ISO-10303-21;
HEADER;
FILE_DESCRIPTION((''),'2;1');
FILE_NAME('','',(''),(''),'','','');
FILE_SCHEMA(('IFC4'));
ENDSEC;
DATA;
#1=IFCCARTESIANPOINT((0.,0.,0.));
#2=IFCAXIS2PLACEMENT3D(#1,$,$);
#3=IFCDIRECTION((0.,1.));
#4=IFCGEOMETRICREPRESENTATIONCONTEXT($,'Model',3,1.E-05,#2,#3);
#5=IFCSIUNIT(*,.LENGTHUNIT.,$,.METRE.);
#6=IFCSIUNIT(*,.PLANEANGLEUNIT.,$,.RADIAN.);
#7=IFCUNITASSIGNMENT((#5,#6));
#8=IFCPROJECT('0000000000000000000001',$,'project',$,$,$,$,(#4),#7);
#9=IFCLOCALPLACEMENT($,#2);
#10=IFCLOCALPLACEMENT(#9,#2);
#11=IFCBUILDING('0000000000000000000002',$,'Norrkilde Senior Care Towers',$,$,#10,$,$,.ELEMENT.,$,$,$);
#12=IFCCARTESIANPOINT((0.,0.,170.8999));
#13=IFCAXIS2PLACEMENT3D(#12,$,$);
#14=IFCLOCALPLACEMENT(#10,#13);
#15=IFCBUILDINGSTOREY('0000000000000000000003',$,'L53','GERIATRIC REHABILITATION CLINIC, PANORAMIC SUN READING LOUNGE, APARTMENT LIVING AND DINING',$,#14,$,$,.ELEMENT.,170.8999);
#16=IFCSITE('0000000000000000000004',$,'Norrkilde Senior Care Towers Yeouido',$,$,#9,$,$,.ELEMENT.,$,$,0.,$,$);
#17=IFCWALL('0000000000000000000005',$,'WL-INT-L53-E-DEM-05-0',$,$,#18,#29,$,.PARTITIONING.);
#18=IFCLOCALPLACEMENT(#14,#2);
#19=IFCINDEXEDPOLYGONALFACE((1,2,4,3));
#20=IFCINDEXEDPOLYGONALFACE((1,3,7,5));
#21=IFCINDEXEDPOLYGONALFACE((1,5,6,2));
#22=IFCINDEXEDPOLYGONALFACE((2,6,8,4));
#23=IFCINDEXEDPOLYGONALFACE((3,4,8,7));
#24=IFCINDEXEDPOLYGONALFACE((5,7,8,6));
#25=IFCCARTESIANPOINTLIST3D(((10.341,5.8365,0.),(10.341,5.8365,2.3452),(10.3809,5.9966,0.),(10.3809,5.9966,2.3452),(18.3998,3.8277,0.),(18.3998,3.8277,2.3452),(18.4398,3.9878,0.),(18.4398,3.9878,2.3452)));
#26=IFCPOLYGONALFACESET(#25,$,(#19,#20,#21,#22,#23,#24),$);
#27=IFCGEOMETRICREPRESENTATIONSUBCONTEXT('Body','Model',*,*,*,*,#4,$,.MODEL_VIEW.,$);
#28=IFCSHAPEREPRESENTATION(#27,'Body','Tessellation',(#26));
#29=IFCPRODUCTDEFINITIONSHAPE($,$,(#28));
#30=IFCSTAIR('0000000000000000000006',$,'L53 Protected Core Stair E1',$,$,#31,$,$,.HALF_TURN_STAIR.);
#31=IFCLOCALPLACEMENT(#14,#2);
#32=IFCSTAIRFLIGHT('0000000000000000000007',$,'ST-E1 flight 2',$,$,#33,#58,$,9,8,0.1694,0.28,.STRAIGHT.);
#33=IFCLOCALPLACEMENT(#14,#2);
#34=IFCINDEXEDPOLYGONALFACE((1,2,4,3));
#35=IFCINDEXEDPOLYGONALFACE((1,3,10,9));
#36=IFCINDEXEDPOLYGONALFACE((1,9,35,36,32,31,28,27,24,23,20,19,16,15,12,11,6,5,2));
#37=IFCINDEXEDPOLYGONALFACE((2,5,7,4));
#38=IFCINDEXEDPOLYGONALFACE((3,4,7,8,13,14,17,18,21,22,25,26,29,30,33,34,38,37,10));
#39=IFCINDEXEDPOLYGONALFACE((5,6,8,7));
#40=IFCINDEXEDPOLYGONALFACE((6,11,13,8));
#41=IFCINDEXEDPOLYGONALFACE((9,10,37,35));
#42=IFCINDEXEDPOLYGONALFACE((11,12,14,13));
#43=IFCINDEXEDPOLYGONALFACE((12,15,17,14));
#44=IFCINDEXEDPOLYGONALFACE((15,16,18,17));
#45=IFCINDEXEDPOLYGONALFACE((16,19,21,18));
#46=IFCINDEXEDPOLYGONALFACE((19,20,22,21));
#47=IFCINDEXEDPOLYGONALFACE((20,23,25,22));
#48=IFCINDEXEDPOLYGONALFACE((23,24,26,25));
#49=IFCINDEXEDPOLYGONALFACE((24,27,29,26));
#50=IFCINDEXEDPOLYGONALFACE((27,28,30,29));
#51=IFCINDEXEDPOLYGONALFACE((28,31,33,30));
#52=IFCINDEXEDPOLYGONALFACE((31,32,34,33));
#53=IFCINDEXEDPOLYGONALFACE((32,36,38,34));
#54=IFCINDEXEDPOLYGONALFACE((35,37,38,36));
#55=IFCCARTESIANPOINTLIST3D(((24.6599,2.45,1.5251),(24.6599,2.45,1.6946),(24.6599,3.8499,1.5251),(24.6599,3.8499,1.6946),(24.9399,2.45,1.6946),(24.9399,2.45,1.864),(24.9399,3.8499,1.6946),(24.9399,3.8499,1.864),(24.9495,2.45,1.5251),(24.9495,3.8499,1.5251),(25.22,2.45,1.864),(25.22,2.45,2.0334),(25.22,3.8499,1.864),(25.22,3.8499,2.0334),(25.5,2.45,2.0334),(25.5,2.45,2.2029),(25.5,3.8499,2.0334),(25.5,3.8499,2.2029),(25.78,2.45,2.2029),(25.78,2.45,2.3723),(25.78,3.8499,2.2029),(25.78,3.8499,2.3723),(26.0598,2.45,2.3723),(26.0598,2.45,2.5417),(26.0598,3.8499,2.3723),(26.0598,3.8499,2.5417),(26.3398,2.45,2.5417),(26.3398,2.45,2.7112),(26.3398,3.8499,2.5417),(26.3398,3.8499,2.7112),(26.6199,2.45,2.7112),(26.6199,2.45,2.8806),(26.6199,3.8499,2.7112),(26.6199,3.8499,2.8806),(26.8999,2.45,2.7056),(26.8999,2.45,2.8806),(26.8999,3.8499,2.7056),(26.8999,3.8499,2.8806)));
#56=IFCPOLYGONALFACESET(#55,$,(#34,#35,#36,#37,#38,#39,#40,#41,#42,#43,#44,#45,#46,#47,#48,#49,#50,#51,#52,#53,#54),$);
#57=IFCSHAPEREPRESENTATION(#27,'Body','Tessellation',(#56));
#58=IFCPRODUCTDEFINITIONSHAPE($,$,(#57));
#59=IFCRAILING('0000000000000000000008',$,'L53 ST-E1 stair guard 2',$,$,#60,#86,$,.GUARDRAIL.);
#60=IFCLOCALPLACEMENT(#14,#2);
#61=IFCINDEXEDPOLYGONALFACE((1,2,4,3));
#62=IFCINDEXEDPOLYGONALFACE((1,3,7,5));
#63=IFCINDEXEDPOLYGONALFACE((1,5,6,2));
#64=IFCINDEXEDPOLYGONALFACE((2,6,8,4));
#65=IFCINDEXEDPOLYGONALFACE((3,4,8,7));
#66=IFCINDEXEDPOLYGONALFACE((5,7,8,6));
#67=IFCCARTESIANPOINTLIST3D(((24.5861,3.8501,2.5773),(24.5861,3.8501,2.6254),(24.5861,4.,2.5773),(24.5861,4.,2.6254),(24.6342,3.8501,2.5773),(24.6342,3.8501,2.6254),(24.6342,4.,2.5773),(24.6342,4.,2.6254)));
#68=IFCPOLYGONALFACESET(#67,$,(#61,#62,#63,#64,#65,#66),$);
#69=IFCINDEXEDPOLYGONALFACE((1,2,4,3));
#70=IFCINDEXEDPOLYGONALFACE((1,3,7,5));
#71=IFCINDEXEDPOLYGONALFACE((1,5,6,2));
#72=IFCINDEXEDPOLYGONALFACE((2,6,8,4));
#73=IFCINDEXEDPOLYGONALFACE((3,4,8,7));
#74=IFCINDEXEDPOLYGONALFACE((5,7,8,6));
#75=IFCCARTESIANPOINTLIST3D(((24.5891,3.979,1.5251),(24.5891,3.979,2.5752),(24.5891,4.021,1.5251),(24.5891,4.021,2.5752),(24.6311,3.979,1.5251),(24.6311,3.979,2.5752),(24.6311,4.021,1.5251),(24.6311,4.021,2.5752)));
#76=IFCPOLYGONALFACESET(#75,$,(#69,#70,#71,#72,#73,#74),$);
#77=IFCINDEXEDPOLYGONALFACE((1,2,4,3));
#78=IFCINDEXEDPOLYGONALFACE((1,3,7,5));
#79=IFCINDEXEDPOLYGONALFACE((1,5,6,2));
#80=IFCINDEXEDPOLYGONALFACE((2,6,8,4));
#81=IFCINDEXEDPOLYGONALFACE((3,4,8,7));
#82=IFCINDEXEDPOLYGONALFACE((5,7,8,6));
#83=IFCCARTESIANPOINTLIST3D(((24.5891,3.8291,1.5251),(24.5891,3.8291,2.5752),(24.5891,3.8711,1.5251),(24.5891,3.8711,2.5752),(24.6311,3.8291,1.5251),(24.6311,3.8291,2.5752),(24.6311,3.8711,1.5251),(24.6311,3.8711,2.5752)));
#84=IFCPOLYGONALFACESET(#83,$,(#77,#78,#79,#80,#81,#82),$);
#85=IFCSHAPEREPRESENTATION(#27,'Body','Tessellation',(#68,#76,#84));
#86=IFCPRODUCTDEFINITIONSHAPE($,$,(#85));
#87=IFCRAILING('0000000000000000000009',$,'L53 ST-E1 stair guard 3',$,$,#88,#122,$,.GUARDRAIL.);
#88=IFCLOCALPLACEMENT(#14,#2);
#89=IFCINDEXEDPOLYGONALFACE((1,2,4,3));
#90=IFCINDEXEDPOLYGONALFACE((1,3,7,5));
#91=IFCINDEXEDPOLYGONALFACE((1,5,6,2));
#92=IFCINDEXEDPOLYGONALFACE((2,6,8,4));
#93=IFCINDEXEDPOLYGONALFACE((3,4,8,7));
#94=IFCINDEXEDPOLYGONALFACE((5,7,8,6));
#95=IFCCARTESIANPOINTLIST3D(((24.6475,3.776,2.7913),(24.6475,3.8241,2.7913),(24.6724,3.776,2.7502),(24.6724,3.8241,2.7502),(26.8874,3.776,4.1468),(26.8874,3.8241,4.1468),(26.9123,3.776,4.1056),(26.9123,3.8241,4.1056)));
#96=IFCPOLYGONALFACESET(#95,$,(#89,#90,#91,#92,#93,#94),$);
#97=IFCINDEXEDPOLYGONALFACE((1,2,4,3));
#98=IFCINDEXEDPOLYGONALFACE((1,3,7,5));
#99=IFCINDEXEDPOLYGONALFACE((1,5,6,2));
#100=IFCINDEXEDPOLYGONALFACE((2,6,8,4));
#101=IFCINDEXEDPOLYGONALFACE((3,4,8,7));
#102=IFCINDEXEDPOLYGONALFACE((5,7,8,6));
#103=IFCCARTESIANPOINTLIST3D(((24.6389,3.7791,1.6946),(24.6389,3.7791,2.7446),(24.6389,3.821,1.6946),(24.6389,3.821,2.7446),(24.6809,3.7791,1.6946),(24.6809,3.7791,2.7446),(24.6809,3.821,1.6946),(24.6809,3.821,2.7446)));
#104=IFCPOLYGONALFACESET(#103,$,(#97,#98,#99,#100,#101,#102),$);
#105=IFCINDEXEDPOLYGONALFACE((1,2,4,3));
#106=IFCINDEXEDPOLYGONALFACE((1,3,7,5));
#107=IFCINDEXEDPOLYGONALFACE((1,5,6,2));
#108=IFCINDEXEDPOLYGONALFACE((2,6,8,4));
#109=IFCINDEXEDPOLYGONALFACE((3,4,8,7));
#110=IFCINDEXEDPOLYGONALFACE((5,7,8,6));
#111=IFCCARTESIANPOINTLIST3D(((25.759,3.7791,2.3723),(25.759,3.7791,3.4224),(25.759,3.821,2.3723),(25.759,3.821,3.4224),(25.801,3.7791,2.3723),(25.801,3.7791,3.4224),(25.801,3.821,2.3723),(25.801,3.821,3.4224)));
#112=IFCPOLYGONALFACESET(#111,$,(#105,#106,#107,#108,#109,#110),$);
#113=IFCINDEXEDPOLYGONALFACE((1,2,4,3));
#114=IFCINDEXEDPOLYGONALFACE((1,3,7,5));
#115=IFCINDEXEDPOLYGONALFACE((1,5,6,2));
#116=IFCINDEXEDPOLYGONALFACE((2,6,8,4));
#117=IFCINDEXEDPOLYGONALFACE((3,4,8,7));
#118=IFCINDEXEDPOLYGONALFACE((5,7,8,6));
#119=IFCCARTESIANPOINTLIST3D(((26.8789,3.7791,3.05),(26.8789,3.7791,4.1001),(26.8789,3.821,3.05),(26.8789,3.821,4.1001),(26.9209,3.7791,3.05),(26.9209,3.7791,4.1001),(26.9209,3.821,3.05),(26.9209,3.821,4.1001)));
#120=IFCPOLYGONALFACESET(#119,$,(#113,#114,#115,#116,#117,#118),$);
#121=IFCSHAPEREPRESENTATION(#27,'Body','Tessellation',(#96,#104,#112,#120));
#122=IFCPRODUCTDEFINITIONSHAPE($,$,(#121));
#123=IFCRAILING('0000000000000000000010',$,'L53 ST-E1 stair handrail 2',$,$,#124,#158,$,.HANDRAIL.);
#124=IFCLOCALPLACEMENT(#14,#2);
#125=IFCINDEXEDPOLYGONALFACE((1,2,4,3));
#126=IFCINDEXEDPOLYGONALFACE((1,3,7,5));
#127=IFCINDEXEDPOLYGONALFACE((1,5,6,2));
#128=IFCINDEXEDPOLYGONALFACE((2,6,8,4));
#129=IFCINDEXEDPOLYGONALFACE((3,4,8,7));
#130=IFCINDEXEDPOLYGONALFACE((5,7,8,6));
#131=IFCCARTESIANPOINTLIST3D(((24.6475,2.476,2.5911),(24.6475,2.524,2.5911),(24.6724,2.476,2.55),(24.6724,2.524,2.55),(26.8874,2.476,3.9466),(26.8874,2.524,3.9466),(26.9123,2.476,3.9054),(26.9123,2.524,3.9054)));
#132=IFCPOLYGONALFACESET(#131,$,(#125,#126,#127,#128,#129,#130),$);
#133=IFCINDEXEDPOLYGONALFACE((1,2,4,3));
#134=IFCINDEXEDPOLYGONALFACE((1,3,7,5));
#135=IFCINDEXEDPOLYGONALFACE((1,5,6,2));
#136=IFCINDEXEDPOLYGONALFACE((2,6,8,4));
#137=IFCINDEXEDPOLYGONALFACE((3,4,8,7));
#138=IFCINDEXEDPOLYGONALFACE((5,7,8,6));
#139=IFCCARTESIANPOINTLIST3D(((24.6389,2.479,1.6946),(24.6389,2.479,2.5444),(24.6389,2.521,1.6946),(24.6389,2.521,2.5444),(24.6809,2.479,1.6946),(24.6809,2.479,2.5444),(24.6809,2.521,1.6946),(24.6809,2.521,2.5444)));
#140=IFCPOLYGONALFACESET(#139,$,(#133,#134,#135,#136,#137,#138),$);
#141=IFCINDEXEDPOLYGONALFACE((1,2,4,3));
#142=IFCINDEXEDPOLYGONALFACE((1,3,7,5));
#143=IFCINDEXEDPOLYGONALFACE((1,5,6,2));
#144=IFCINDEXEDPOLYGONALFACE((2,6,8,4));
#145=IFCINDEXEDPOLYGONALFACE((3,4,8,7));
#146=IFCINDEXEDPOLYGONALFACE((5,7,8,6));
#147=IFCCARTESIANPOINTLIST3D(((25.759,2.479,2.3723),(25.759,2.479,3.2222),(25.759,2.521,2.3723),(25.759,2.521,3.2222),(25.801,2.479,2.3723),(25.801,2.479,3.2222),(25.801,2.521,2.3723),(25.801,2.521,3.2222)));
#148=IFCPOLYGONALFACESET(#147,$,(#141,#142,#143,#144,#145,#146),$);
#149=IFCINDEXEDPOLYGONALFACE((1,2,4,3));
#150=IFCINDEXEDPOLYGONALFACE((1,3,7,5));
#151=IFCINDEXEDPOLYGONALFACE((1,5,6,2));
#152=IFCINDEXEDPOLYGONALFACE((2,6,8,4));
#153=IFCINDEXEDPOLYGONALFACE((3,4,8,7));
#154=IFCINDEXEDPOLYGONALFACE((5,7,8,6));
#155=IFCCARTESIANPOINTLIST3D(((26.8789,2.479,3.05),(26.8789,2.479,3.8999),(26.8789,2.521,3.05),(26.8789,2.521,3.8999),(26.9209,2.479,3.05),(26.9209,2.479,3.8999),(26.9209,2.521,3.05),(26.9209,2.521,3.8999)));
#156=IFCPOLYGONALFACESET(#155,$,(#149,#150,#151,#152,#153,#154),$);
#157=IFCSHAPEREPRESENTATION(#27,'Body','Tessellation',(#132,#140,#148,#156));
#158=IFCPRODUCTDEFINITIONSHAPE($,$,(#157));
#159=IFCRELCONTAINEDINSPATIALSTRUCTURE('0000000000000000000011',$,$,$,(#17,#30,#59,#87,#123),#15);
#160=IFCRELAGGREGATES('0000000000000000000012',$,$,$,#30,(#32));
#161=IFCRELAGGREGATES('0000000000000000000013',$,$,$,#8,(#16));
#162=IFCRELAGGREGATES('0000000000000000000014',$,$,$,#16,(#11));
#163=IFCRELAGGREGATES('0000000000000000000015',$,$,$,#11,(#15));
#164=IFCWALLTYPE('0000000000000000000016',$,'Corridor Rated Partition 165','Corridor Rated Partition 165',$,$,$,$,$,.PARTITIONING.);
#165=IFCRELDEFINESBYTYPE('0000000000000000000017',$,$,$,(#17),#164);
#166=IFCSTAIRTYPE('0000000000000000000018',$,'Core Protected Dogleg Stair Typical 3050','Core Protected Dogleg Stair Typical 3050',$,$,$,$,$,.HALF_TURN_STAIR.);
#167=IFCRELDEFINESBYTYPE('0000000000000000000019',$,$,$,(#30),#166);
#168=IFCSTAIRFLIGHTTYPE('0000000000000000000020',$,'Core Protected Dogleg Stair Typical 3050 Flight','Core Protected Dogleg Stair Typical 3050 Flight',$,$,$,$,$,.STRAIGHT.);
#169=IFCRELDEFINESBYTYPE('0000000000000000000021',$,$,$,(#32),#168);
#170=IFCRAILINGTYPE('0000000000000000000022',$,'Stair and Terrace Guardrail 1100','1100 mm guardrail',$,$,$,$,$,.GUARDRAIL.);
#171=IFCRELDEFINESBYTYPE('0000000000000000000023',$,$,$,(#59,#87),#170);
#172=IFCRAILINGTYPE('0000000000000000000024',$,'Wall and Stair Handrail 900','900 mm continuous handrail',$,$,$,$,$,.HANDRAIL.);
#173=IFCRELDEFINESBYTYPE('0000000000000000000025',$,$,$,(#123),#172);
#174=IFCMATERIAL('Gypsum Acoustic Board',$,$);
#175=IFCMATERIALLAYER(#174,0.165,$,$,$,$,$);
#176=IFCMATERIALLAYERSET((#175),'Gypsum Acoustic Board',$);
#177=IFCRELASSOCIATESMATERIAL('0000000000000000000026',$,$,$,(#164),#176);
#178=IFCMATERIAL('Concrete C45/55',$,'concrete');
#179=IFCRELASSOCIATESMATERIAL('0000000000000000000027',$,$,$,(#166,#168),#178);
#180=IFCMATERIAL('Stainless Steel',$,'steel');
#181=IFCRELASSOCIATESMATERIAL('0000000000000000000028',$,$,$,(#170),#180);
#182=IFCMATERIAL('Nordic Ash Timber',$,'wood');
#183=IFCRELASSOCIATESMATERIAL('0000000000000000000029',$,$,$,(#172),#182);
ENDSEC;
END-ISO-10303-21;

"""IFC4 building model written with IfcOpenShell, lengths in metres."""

from ifc_helpers import new_model, si_unit, direction, frame, frame_2d, origin, origin_2d, place, context, subcontext, project, spatial, polyline, rectangle, outline, extrude, source, transform, mapped, material, layer, layer_set, type_object, element, aggregate, save


model = new_model("IFC4")

# Units and contexts
model_context = context("Model", 3, precision=1e-05, world=origin(), true_north=direction((0.0, 1.0)))
body_context = subcontext(model_context, "Body", "Model", "MODEL_VIEW")
ifc_project = project(units=[si_unit("LENGTHUNIT", "METRE"), si_unit("PLANEANGLEUNIT", "RADIAN")], contexts=[model_context])

# Site, building, storey
site_placement = place(None, origin())
site = spatial("IfcSite", under=ifc_project, at=site_placement, Name="Norrkilde Senior Care Towers Yeouido", CompositionType="ELEMENT", RefElevation=0.0)
building_placement = place(site_placement, origin())
building = spatial("IfcBuilding", under=site, at=building_placement, Name="Norrkilde Senior Care Towers", CompositionType="ELEMENT")
storey_placement = place(building_placement, frame((0.0, 0.0, 170.8999)))
storey = spatial("IfcBuildingStorey", under=building, at=storey_placement, Name="L53", Description="GERIATRIC REHABILITATION CLINIC, PANORAMIC SUN READING LOUNGE, APARTMENT LIVING AND DINING", CompositionType="ELEMENT", Elevation=170.8999)

# Shared definitions
ifc_material_1 = material(Name="Concrete C45/55", Category="concrete")

# Shared definitions
ifc_material_2 = material(Name="Gypsum Acoustic Board")
ifc_layer_1 = layer(ifc_material_2, 0.165)
ifc_layer_set_1 = layer_set([ifc_layer_1], Name="Gypsum Acoustic Board")
wall_type_1 = type_object("IfcWallType", Name="Corridor Rated Partition 165", Description="Corridor Rated Partition 165", PredefinedType="PARTITIONING", material=ifc_layer_set_1)

# Wall
shared_shape_1 = source(origin(), body_context, "Body", "SweptSolid", [
    extrude(rectangle(XDim=8.3054, YDim=0.165, at=frame_2d((4.1528, 0.0))), origin(), (0.0, 0.0, 1.0), 2.3452),
])
wall_1_placement = place(storey_placement, frame((18.4199, 3.9077, 0.0), z_axis=(0.0, 0.0, 1.0), x_axis=(-0.97031, 0.241865, 0.0)))
element("IfcWall", 1, at=wall_1_placement, inside=storey, type_object=wall_type_1, Name="WL-INT-L53-E-DEM-05-0", PredefinedType="PARTITIONING", context=body_context, shape_type="MappedRepresentation", body=[
    mapped(shared_shape_1, transform((0.0, 0.0, 0.0), x_axis=(1.0, 0.0, 0.0), y_axis=(0.0, 1.0, 0.0), z_axis=(0.0, 0.0, 1.0), scale=1.0)),
])

# Stair, stair flight
stair_type = type_object("IfcStairType", Name="Core Protected Dogleg Stair Typical 3050", Description="Core Protected Dogleg Stair Typical 3050", PredefinedType="HALF_TURN_STAIR", material=ifc_material_1)
stair_placement = place(storey_placement, origin())
stair = element("IfcStair", 2, at=stair_placement, inside=storey, type_object=stair_type, Name="L53 Protected Core Stair E1", PredefinedType="HALF_TURN_STAIR")
stair_flight_type = type_object("IfcStairFlightType", Name="Core Protected Dogleg Stair Typical 3050 Flight", Description="Core Protected Dogleg Stair Typical 3050 Flight", PredefinedType="STRAIGHT", material=ifc_material_1)
stair_flight_placement = place(storey_placement, frame((24.6599, 3.1499, 1.5251), z_axis=(0.0, 0.0, 1.0), x_axis=(1.0, 0.0, 0.0)))
stair_flight = element("IfcStairFlight", 3, at=stair_flight_placement, type_object=stair_flight_type, Name="ST-E1 flight 2", NumberOfRisers=9, NumberOfTreads=8, PredefinedType="STRAIGHT", RiserHeight=0.1694, TreadLength=0.28, context=body_context, shape_type="SweptSolid", body=[
    extrude(outline(polyline([(0.0, 0.0), (0.0, 0.1694), (0.28, 0.1694), (0.28, 0.3389), (0.5601, 0.3389), (0.5601, 0.5083), (0.8401, 0.5083), (0.8401, 0.6777), (1.1201, 0.6777), (1.1201, 0.8472), (1.3999, 0.8472), (1.3999, 1.0166), (1.6799, 1.0166), (1.6799, 1.186), (1.96, 1.186), (1.96, 1.3555), (2.24, 1.3555), (2.24, 1.5249), (2.24, 1.1804), (0.2896, 0.0), (0.0, 0.0)])), frame((0.0, 0.7, 0.0), z_axis=(0.0, -1.0, 0.0), x_axis=(1.0, 0.0, 0.0)), (0.0, 0.0, 1.0), 1.3999),
])
aggregate(stair, [stair_flight])

# Railings
ifc_material_3 = material(Name="Stainless Steel", Category="steel")
railing_type_1 = type_object("IfcRailingType", Name="Stair and Terrace Guardrail 1100", Description="1100 mm guardrail", PredefinedType="GUARDRAIL", material=ifc_material_3)
railing_1_placement = place(storey_placement, frame((24.6101, 4.0, 1.5251)))
element("IfcRailing", 4, at=railing_1_placement, inside=storey, type_object=railing_type_1, Name="L53 ST-E1 stair guard 2", PredefinedType="GUARDRAIL", context=body_context, shape_type="SweptSolid", body=[
    extrude(rectangle(XDim=0.0481, YDim=0.0481, at=origin_2d()), frame((0.0, 0.0, 1.0762), z_axis=(0.0, -1.0, 0.0), x_axis=(1.0, 0.0, 0.0)), (0.0, 0.0, 1.0), 0.1499),
    extrude(rectangle(XDim=0.042, YDim=0.042, at=origin_2d()), origin(), (0.0, 0.0, 1.0), 1.05),
    extrude(rectangle(XDim=0.042, YDim=0.042, at=origin_2d()), frame((0.0, -0.1499, 0.0)), (0.0, 0.0, 1.0), 1.05),
])
railing_2_placement = place(storey_placement, frame((24.6599, 3.8, 1.6946)))
element("IfcRailing", 5, at=railing_2_placement, inside=storey, type_object=railing_type_1, Name="L53 ST-E1 stair guard 3", PredefinedType="GUARDRAIL", context=body_context, shape_type="SweptSolid", body=[
    extrude(rectangle(XDim=0.0481, YDim=0.0481, at=origin_2d()), frame((0.0, 0.0, 1.0762), z_axis=(0.855553, 0.0, 0.517715), x_axis=(0.0, 1.0, 0.0)), (0.0, 0.0, 1.0), 2.6182),
    extrude(rectangle(XDim=0.042, YDim=0.042, at=origin_2d()), origin(), (0.0, 0.0, 1.0), 1.05),
    extrude(rectangle(XDim=0.042, YDim=0.042, at=origin_2d()), frame((1.1201, 0.0, 0.6777)), (0.0, 0.0, 1.0), 1.05),
    extrude(rectangle(XDim=0.042, YDim=0.042, at=origin_2d()), frame((2.24, 0.0, 1.3555)), (0.0, 0.0, 1.0), 1.05),
])
ifc_material_4 = material(Name="Nordic Ash Timber", Category="wood")
railing_type_2 = type_object("IfcRailingType", Name="Wall and Stair Handrail 900", Description="900 mm continuous handrail", PredefinedType="HANDRAIL", material=ifc_material_4)
railing_3_placement = place(storey_placement, frame((24.6599, 2.5, 1.6946)))
element("IfcRailing", 6, at=railing_3_placement, inside=storey, type_object=railing_type_2, Name="L53 ST-E1 stair handrail 2", PredefinedType="HANDRAIL", context=body_context, shape_type="SweptSolid", body=[
    extrude(rectangle(XDim=0.0481, YDim=0.0481, at=origin_2d()), frame((0.0, 0.0, 0.876), z_axis=(0.855553, 0.0, 0.517715), x_axis=(0.0, 1.0, 0.0)), (0.0, 0.0, 1.0), 2.6182),
    extrude(rectangle(XDim=0.042, YDim=0.042, at=origin_2d()), origin(), (0.0, 0.0, 1.0), 0.8499),
    extrude(rectangle(XDim=0.042, YDim=0.042, at=origin_2d()), frame((1.1201, 0.0, 0.6777)), (0.0, 0.0, 1.0), 0.8499),
    extrude(rectangle(XDim=0.042, YDim=0.042, at=origin_2d()), frame((2.24, 0.0, 1.3555)), (0.0, 0.0, 1.0), 0.8499),
])

save(model, "model.ifc")
